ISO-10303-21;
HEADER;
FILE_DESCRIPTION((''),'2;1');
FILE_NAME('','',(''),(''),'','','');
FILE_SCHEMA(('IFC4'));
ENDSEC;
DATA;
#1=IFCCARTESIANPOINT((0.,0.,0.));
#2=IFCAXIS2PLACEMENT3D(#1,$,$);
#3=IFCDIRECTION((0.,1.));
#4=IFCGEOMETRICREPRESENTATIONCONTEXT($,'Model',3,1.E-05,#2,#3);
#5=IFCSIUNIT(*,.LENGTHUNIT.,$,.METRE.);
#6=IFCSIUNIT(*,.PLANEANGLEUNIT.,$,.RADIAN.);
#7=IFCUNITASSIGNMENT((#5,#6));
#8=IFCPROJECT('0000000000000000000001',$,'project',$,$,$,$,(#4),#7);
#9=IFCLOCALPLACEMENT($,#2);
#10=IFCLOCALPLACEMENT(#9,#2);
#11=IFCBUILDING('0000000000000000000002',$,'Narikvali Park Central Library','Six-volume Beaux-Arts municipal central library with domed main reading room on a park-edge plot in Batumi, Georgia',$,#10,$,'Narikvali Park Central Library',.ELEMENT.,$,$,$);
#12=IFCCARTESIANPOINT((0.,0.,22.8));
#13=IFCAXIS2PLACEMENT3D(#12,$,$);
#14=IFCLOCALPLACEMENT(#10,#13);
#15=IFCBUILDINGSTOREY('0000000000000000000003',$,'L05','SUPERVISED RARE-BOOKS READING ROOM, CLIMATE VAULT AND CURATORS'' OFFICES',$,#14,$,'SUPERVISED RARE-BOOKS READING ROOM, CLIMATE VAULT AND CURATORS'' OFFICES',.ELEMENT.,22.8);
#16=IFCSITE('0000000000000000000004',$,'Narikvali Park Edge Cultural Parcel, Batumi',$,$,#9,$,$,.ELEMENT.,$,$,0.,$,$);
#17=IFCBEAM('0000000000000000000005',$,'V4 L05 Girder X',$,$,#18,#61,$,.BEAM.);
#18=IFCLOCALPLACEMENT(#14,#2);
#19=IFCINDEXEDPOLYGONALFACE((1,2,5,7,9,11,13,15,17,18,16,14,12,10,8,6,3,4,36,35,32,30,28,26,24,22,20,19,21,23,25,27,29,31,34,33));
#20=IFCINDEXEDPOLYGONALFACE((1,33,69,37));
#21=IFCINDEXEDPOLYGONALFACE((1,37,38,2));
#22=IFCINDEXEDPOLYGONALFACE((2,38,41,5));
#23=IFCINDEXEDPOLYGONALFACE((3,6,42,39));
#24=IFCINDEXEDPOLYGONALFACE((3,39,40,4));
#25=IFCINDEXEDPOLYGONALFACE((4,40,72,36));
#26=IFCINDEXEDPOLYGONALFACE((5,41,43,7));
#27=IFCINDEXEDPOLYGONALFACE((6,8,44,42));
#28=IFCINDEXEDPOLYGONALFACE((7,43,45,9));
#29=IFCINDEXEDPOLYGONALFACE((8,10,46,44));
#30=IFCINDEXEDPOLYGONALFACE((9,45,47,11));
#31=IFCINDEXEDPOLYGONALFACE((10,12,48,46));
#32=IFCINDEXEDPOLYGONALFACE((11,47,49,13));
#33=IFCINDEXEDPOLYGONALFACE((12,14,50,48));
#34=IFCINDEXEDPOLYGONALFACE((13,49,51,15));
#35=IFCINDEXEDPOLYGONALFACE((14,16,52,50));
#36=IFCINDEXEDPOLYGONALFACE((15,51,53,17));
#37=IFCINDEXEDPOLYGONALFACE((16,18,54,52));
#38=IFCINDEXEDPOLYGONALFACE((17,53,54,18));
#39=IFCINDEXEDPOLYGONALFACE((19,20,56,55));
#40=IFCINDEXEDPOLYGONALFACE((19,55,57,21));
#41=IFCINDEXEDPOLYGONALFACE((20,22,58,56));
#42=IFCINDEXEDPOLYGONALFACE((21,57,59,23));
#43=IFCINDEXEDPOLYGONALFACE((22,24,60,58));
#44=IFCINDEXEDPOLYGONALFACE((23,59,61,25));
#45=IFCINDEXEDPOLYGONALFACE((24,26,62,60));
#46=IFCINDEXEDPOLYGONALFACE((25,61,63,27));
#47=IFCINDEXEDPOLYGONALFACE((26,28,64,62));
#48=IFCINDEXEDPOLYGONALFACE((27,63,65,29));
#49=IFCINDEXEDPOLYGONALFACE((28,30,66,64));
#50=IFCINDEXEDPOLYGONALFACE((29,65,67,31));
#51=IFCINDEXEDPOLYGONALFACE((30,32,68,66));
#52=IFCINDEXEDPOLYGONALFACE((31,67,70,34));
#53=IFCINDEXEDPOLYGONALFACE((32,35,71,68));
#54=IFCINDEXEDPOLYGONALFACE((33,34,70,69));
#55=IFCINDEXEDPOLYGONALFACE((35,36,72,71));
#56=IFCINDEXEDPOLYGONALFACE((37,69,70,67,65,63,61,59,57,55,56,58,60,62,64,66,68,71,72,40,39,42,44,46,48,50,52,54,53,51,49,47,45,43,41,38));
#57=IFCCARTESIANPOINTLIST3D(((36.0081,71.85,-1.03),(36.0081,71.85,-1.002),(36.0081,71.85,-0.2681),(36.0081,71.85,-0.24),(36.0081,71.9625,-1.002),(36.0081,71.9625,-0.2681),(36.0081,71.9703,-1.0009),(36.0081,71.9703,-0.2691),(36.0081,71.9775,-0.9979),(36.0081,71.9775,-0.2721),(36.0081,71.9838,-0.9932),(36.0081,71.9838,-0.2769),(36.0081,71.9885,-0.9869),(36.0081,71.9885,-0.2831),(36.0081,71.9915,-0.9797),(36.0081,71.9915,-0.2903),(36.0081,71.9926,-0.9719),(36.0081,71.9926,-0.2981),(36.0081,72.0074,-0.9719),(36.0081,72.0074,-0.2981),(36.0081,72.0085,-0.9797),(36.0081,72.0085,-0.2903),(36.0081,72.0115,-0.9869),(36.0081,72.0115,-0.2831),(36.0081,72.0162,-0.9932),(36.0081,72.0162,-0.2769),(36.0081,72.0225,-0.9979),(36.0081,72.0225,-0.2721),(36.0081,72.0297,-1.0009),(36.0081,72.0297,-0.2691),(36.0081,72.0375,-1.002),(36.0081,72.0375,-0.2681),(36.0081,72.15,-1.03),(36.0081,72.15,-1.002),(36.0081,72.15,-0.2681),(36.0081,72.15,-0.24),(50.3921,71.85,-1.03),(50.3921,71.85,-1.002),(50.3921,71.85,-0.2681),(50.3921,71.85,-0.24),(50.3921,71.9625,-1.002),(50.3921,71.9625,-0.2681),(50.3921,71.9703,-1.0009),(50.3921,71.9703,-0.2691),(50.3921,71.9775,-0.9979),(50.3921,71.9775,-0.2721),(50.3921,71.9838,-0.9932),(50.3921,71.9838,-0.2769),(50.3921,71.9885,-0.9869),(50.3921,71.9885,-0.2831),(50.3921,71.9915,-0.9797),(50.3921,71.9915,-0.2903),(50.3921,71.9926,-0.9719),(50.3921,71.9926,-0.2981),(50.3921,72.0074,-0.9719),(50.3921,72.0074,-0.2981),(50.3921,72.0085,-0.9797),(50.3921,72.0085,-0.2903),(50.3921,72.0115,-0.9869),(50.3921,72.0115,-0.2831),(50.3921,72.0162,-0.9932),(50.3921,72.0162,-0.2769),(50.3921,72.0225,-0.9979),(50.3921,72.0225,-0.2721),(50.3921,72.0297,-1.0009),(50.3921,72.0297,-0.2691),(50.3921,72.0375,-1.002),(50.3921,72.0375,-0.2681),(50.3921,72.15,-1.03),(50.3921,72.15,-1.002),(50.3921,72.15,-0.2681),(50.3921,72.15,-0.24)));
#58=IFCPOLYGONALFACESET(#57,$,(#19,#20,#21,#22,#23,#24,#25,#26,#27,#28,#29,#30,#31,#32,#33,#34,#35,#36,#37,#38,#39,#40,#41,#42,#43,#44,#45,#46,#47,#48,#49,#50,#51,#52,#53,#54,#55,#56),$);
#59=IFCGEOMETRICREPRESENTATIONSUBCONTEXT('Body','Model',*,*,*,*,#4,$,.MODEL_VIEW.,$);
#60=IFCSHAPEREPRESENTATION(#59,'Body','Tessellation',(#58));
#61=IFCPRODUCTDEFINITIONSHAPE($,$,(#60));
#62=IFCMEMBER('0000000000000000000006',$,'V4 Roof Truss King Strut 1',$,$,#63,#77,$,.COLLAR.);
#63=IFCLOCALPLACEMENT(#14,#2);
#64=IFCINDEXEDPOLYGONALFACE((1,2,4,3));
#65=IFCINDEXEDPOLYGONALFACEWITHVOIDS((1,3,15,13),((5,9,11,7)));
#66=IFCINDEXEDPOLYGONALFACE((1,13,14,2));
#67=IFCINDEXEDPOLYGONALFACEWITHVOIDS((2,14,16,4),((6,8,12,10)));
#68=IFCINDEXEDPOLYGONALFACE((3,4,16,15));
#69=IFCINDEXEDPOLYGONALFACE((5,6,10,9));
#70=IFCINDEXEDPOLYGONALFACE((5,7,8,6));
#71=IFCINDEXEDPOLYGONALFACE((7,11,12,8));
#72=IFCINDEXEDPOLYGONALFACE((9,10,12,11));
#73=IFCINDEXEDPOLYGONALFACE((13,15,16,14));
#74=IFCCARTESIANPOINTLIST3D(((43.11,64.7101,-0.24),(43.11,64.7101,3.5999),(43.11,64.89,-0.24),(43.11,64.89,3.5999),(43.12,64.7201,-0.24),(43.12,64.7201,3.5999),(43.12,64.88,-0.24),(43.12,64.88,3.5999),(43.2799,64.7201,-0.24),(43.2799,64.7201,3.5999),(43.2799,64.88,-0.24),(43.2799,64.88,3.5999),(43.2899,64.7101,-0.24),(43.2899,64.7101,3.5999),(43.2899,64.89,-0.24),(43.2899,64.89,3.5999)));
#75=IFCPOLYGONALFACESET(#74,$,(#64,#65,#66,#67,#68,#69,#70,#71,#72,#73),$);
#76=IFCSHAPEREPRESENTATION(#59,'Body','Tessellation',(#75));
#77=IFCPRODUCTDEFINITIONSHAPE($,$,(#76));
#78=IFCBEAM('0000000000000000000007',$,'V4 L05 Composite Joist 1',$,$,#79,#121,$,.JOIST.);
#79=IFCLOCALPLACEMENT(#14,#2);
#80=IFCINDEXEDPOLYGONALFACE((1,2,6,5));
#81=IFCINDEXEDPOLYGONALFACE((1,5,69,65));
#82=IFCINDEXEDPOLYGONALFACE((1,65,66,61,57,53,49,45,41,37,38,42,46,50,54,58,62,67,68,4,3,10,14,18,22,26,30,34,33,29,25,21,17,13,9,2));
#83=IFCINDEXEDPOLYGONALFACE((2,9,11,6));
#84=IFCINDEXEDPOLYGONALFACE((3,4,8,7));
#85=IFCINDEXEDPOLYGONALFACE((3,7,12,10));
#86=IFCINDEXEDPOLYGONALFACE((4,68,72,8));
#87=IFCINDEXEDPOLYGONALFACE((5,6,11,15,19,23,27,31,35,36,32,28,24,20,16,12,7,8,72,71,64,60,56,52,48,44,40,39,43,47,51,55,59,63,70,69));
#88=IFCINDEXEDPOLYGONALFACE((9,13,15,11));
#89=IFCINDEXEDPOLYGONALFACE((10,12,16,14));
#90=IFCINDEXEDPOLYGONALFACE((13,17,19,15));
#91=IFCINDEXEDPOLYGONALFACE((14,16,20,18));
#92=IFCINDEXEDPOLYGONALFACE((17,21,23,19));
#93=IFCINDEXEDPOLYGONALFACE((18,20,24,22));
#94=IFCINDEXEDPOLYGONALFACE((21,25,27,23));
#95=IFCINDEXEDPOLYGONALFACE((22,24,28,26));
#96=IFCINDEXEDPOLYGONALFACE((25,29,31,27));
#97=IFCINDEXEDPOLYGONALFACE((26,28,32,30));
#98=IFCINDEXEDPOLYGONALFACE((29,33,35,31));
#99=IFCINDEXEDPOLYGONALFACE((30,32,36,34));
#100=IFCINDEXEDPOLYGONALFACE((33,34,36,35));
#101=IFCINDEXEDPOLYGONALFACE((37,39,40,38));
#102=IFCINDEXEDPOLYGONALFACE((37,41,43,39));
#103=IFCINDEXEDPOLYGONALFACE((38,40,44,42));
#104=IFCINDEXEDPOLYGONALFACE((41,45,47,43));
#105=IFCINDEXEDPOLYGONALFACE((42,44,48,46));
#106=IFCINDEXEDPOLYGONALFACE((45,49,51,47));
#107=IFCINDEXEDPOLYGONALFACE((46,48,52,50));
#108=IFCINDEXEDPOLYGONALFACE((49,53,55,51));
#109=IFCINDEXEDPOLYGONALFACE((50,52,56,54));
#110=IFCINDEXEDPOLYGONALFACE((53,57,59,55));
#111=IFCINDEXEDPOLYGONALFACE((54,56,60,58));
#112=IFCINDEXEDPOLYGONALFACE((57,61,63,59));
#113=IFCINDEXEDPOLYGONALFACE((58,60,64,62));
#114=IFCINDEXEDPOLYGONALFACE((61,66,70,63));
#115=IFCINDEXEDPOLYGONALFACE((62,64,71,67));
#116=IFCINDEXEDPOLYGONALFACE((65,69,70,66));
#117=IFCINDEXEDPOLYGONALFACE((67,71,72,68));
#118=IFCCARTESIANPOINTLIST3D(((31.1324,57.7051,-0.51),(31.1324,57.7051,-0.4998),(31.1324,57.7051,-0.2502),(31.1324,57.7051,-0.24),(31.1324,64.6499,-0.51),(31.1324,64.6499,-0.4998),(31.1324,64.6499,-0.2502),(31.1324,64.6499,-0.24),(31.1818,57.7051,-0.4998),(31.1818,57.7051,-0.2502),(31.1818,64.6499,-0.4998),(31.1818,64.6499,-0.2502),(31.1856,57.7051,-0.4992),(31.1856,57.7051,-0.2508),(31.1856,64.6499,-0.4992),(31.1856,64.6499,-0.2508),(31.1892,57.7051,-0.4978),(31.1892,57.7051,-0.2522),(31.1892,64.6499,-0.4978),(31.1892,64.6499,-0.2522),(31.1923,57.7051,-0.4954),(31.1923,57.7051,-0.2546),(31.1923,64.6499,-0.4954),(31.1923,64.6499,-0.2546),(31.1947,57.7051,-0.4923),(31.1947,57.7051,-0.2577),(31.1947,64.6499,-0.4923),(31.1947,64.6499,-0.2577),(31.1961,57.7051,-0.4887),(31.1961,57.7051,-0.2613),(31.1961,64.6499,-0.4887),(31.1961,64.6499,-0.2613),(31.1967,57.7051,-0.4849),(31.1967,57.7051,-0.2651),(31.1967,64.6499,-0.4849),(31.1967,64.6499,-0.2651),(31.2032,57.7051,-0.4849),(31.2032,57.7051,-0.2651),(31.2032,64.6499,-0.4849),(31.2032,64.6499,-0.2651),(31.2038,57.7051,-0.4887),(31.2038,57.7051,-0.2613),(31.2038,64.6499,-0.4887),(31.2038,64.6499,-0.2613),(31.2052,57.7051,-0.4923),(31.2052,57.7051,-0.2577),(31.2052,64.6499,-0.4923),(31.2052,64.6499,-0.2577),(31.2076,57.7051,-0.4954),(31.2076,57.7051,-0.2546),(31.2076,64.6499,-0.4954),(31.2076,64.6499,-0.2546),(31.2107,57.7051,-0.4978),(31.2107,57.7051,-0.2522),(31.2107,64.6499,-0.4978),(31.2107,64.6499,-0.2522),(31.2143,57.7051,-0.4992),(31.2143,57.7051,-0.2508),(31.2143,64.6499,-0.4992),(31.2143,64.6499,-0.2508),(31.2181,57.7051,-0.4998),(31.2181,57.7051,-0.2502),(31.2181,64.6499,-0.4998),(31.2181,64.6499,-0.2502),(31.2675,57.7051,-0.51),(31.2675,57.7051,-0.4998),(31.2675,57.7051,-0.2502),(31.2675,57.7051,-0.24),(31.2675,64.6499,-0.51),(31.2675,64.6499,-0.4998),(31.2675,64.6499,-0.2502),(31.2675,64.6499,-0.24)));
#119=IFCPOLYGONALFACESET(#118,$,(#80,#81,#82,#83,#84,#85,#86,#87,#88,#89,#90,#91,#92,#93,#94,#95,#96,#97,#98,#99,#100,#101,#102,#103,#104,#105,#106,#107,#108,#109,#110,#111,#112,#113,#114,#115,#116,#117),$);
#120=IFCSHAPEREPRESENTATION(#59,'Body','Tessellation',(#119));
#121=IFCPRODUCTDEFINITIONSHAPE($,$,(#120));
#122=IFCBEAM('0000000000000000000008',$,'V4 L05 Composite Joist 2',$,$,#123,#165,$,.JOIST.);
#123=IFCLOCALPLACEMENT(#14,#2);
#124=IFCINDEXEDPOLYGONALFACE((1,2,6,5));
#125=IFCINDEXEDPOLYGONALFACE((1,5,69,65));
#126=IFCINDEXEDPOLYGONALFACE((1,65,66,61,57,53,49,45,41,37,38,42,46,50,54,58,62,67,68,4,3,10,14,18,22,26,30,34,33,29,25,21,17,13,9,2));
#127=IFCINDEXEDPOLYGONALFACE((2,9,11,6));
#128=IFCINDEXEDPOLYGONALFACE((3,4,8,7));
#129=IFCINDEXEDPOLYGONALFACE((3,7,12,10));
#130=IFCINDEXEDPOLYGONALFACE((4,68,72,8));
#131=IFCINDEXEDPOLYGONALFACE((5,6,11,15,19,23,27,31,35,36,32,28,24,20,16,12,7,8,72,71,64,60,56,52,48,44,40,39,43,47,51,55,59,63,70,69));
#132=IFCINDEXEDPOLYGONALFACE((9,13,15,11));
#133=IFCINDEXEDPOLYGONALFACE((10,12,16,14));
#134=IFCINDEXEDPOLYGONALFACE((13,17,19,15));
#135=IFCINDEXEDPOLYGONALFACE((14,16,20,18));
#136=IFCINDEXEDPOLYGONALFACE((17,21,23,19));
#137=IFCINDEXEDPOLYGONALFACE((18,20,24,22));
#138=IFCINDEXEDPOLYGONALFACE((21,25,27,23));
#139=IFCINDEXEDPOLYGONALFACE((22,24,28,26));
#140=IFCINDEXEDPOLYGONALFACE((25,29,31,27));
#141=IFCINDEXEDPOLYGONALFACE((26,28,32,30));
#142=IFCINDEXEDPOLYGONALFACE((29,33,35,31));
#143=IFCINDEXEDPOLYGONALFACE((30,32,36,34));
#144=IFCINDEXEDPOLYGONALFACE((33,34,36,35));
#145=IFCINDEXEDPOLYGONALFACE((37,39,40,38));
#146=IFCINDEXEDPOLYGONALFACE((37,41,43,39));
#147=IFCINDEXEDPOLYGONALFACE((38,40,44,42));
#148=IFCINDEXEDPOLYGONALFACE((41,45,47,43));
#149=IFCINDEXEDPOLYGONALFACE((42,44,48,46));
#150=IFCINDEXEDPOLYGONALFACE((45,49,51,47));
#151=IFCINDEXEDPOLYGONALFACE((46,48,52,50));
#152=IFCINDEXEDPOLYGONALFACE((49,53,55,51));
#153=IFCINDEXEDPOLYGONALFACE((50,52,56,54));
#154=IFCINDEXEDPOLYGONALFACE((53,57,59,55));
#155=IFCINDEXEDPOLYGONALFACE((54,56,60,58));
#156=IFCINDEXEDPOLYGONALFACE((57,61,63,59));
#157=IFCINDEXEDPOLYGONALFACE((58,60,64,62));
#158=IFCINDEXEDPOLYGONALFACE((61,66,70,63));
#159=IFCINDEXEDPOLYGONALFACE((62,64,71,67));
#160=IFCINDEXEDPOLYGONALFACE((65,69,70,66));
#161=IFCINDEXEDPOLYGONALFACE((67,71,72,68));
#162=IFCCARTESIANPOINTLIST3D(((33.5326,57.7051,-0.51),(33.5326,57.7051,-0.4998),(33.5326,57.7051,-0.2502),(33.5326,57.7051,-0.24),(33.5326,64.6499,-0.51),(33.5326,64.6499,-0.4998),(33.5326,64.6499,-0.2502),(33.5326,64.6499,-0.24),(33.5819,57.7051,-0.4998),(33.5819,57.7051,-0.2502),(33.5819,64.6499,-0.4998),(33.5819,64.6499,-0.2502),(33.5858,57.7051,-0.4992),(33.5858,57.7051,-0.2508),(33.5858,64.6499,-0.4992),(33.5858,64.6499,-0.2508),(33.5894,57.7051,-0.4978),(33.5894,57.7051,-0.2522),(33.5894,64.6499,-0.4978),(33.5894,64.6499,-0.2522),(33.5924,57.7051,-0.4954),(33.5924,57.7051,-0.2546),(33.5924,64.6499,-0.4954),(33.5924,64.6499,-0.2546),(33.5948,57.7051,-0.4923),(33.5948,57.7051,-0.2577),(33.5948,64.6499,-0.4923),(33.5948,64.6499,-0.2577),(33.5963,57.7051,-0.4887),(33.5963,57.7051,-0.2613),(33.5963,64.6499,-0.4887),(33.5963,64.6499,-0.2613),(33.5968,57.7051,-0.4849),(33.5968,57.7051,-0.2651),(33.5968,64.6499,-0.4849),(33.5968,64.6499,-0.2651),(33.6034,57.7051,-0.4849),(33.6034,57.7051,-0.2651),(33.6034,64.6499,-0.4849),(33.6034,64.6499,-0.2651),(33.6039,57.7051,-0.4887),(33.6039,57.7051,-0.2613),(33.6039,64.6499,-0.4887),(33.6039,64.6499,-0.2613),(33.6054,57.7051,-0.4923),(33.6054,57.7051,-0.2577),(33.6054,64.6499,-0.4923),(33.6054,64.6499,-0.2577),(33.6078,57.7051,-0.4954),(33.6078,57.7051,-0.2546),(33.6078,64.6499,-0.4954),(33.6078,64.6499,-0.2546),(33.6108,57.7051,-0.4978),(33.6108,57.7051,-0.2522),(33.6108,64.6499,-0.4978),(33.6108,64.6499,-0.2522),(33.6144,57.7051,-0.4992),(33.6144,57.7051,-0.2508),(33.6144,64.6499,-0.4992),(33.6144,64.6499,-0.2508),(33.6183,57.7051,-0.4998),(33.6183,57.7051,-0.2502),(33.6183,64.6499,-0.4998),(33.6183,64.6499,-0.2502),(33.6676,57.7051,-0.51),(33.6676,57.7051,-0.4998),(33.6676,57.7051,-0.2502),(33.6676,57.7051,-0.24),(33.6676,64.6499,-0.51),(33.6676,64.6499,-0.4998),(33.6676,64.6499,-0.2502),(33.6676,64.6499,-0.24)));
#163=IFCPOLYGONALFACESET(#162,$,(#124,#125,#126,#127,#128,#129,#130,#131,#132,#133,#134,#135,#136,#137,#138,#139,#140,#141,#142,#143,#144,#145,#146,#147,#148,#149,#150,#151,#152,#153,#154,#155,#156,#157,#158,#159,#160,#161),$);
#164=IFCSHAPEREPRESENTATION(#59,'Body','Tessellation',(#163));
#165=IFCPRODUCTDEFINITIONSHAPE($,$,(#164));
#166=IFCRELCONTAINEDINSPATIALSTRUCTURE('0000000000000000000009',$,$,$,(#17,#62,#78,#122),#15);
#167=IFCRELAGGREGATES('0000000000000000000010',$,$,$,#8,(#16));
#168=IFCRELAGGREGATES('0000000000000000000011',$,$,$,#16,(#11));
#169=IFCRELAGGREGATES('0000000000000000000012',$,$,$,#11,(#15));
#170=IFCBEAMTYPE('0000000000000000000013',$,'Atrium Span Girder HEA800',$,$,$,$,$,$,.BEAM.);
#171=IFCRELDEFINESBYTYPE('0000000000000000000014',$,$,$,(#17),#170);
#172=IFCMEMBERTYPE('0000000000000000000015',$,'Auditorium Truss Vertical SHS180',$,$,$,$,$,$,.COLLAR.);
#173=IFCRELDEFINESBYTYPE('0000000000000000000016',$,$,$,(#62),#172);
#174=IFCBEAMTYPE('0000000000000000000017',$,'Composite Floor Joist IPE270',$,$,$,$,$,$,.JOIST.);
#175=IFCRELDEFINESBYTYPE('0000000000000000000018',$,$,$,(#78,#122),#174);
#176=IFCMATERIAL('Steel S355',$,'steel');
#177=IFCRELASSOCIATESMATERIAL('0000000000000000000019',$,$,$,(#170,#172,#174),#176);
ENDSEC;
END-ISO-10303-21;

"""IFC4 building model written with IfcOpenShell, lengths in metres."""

from ifc_helpers import new_model, si_unit, direction, frame, origin, origin_2d, place, context, subcontext, project, spatial, hollow_rectangle, i_section, extrude, material, material_profile, profile_set, type_object, element, save


model = new_model("IFC4")

# Units and contexts
model_context = context("Model", 3, precision=1e-05, world=origin(), true_north=direction((0.0, 1.0)))
body_context = subcontext(model_context, "Body", "Model", "MODEL_VIEW")
ifc_project = project(units=[si_unit("LENGTHUNIT", "METRE"), si_unit("PLANEANGLEUNIT", "RADIAN")], contexts=[model_context])

# Site, building, storey
site_placement = place(None, origin())
site = spatial("IfcSite", under=ifc_project, at=site_placement, Name="Narikvali Park Edge Cultural Parcel, Batumi", CompositionType="ELEMENT", RefElevation=0.0)
building_placement = place(site_placement, origin())
building = spatial("IfcBuilding", under=site, at=building_placement, Name="Narikvali Park Central Library", Description="Six-volume Beaux-Arts municipal central library with domed main reading room on a park-edge plot in Batumi, Georgia", LongName="Narikvali Park Central Library", CompositionType="ELEMENT")
storey_placement = place(building_placement, frame((0.0, 0.0, 22.8)))
storey = spatial("IfcBuildingStorey", under=building, at=storey_placement, Name="L05", Description="SUPERVISED RARE-BOOKS READING ROOM, CLIMATE VAULT AND CURATORS' OFFICES", LongName="SUPERVISED RARE-BOOKS READING ROOM, CLIMATE VAULT AND CURATORS' OFFICES", CompositionType="ELEMENT", Elevation=22.8)

# Beam
ifc_material_1 = material(Name="Steel S355", Category="steel")
ifc_material_profile_1 = material_profile(ifc_material_1, i_section(OverallWidth=0.3, OverallDepth=0.79, WebThickness=0.0149, FlangeThickness=0.0281, FilletRadius=0.03, at=origin_2d()), Name="HEA 800")
ifc_profile_set_1 = profile_set([ifc_material_profile_1], Name="Steel S355")
beam_type_1 = type_object("IfcBeamType", Name="Atrium Span Girder HEA800", PredefinedType="BEAM", material=ifc_profile_set_1)
beam_1_placement = place(storey_placement, frame((36.0081, 72.0, -0.635), z_axis=(1.0, 0.0, 0.0), x_axis=(0.0, 1.0, 0.0)))
element("IfcBeam", 1, at=beam_1_placement, inside=storey, type_object=beam_type_1, Name="V4 L05 Girder X", PredefinedType="BEAM", context=body_context, shape_type="SweptSolid", body=[
    extrude(i_section(OverallWidth=0.3, OverallDepth=0.79, WebThickness=0.0149, FlangeThickness=0.0281, FilletRadius=0.03, at=origin_2d()), origin(), (0.0, 0.0, 1.0), 14.384),
])

# Member
ifc_material_profile_2 = material_profile(ifc_material_1, hollow_rectangle(XDim=0.1799, YDim=0.1799, WallThickness=0.01, at=origin_2d()), Name="SHS 180x180x10")
ifc_profile_set_2 = profile_set([ifc_material_profile_2], Name="Steel S355")
member_type_1 = type_object("IfcMemberType", Name="Auditorium Truss Vertical SHS180", PredefinedType="COLLAR", material=ifc_profile_set_2)
member_1_placement = place(storey_placement, frame((43.2, 64.8, -0.24), z_axis=(0.0, 0.0, 1.0), x_axis=(1.0, 0.0, 0.0)))
element("IfcMember", 2, at=member_1_placement, inside=storey, type_object=member_type_1, Name="V4 Roof Truss King Strut 1", PredefinedType="COLLAR", context=body_context, shape_type="SweptSolid", body=[
    extrude(hollow_rectangle(XDim=0.1799, YDim=0.1799, WallThickness=0.01, at=origin_2d()), origin(), (0.0, 0.0, 1.0), 3.8398),
])

# Beams
ifc_material_profile_3 = material_profile(ifc_material_1, i_section(OverallWidth=0.135, OverallDepth=0.27, WebThickness=0.0066, FlangeThickness=0.0103, FilletRadius=0.0149, at=origin_2d()), Name="IPE 270")
ifc_profile_set_3 = profile_set([ifc_material_profile_3], Name="Steel S355")
beam_type_2 = type_object("IfcBeamType", Name="Composite Floor Joist IPE270", PredefinedType="JOIST", material=ifc_profile_set_3)
for number, where, z_axis, x_axis, name in (
    (3, (31.2, 57.7051, -0.375), (0.0, 1.0, 0.0), (-1.0, 0.0, 0.0), "V4 L05 Composite Joist 1"),
    (4, (33.6001, 57.7051, -0.375), (0.0, 1.0, 0.0), (-1.0, 0.0, 0.0), "V4 L05 Composite Joist 2"),
):
    element("IfcBeam", number, at=place(storey_placement, frame(where, z_axis=z_axis, x_axis=x_axis)), inside=storey, type_object=beam_type_2, Name=name, PredefinedType="JOIST", context=body_context, shape_type="SweptSolid", body=[
        extrude(i_section(OverallWidth=0.135, OverallDepth=0.27, WebThickness=0.0066, FlangeThickness=0.0103, FilletRadius=0.0149, at=origin_2d()), origin(), (0.0, 0.0, 1.0), 6.9448),
    ])

save(model, "model.ifc")
